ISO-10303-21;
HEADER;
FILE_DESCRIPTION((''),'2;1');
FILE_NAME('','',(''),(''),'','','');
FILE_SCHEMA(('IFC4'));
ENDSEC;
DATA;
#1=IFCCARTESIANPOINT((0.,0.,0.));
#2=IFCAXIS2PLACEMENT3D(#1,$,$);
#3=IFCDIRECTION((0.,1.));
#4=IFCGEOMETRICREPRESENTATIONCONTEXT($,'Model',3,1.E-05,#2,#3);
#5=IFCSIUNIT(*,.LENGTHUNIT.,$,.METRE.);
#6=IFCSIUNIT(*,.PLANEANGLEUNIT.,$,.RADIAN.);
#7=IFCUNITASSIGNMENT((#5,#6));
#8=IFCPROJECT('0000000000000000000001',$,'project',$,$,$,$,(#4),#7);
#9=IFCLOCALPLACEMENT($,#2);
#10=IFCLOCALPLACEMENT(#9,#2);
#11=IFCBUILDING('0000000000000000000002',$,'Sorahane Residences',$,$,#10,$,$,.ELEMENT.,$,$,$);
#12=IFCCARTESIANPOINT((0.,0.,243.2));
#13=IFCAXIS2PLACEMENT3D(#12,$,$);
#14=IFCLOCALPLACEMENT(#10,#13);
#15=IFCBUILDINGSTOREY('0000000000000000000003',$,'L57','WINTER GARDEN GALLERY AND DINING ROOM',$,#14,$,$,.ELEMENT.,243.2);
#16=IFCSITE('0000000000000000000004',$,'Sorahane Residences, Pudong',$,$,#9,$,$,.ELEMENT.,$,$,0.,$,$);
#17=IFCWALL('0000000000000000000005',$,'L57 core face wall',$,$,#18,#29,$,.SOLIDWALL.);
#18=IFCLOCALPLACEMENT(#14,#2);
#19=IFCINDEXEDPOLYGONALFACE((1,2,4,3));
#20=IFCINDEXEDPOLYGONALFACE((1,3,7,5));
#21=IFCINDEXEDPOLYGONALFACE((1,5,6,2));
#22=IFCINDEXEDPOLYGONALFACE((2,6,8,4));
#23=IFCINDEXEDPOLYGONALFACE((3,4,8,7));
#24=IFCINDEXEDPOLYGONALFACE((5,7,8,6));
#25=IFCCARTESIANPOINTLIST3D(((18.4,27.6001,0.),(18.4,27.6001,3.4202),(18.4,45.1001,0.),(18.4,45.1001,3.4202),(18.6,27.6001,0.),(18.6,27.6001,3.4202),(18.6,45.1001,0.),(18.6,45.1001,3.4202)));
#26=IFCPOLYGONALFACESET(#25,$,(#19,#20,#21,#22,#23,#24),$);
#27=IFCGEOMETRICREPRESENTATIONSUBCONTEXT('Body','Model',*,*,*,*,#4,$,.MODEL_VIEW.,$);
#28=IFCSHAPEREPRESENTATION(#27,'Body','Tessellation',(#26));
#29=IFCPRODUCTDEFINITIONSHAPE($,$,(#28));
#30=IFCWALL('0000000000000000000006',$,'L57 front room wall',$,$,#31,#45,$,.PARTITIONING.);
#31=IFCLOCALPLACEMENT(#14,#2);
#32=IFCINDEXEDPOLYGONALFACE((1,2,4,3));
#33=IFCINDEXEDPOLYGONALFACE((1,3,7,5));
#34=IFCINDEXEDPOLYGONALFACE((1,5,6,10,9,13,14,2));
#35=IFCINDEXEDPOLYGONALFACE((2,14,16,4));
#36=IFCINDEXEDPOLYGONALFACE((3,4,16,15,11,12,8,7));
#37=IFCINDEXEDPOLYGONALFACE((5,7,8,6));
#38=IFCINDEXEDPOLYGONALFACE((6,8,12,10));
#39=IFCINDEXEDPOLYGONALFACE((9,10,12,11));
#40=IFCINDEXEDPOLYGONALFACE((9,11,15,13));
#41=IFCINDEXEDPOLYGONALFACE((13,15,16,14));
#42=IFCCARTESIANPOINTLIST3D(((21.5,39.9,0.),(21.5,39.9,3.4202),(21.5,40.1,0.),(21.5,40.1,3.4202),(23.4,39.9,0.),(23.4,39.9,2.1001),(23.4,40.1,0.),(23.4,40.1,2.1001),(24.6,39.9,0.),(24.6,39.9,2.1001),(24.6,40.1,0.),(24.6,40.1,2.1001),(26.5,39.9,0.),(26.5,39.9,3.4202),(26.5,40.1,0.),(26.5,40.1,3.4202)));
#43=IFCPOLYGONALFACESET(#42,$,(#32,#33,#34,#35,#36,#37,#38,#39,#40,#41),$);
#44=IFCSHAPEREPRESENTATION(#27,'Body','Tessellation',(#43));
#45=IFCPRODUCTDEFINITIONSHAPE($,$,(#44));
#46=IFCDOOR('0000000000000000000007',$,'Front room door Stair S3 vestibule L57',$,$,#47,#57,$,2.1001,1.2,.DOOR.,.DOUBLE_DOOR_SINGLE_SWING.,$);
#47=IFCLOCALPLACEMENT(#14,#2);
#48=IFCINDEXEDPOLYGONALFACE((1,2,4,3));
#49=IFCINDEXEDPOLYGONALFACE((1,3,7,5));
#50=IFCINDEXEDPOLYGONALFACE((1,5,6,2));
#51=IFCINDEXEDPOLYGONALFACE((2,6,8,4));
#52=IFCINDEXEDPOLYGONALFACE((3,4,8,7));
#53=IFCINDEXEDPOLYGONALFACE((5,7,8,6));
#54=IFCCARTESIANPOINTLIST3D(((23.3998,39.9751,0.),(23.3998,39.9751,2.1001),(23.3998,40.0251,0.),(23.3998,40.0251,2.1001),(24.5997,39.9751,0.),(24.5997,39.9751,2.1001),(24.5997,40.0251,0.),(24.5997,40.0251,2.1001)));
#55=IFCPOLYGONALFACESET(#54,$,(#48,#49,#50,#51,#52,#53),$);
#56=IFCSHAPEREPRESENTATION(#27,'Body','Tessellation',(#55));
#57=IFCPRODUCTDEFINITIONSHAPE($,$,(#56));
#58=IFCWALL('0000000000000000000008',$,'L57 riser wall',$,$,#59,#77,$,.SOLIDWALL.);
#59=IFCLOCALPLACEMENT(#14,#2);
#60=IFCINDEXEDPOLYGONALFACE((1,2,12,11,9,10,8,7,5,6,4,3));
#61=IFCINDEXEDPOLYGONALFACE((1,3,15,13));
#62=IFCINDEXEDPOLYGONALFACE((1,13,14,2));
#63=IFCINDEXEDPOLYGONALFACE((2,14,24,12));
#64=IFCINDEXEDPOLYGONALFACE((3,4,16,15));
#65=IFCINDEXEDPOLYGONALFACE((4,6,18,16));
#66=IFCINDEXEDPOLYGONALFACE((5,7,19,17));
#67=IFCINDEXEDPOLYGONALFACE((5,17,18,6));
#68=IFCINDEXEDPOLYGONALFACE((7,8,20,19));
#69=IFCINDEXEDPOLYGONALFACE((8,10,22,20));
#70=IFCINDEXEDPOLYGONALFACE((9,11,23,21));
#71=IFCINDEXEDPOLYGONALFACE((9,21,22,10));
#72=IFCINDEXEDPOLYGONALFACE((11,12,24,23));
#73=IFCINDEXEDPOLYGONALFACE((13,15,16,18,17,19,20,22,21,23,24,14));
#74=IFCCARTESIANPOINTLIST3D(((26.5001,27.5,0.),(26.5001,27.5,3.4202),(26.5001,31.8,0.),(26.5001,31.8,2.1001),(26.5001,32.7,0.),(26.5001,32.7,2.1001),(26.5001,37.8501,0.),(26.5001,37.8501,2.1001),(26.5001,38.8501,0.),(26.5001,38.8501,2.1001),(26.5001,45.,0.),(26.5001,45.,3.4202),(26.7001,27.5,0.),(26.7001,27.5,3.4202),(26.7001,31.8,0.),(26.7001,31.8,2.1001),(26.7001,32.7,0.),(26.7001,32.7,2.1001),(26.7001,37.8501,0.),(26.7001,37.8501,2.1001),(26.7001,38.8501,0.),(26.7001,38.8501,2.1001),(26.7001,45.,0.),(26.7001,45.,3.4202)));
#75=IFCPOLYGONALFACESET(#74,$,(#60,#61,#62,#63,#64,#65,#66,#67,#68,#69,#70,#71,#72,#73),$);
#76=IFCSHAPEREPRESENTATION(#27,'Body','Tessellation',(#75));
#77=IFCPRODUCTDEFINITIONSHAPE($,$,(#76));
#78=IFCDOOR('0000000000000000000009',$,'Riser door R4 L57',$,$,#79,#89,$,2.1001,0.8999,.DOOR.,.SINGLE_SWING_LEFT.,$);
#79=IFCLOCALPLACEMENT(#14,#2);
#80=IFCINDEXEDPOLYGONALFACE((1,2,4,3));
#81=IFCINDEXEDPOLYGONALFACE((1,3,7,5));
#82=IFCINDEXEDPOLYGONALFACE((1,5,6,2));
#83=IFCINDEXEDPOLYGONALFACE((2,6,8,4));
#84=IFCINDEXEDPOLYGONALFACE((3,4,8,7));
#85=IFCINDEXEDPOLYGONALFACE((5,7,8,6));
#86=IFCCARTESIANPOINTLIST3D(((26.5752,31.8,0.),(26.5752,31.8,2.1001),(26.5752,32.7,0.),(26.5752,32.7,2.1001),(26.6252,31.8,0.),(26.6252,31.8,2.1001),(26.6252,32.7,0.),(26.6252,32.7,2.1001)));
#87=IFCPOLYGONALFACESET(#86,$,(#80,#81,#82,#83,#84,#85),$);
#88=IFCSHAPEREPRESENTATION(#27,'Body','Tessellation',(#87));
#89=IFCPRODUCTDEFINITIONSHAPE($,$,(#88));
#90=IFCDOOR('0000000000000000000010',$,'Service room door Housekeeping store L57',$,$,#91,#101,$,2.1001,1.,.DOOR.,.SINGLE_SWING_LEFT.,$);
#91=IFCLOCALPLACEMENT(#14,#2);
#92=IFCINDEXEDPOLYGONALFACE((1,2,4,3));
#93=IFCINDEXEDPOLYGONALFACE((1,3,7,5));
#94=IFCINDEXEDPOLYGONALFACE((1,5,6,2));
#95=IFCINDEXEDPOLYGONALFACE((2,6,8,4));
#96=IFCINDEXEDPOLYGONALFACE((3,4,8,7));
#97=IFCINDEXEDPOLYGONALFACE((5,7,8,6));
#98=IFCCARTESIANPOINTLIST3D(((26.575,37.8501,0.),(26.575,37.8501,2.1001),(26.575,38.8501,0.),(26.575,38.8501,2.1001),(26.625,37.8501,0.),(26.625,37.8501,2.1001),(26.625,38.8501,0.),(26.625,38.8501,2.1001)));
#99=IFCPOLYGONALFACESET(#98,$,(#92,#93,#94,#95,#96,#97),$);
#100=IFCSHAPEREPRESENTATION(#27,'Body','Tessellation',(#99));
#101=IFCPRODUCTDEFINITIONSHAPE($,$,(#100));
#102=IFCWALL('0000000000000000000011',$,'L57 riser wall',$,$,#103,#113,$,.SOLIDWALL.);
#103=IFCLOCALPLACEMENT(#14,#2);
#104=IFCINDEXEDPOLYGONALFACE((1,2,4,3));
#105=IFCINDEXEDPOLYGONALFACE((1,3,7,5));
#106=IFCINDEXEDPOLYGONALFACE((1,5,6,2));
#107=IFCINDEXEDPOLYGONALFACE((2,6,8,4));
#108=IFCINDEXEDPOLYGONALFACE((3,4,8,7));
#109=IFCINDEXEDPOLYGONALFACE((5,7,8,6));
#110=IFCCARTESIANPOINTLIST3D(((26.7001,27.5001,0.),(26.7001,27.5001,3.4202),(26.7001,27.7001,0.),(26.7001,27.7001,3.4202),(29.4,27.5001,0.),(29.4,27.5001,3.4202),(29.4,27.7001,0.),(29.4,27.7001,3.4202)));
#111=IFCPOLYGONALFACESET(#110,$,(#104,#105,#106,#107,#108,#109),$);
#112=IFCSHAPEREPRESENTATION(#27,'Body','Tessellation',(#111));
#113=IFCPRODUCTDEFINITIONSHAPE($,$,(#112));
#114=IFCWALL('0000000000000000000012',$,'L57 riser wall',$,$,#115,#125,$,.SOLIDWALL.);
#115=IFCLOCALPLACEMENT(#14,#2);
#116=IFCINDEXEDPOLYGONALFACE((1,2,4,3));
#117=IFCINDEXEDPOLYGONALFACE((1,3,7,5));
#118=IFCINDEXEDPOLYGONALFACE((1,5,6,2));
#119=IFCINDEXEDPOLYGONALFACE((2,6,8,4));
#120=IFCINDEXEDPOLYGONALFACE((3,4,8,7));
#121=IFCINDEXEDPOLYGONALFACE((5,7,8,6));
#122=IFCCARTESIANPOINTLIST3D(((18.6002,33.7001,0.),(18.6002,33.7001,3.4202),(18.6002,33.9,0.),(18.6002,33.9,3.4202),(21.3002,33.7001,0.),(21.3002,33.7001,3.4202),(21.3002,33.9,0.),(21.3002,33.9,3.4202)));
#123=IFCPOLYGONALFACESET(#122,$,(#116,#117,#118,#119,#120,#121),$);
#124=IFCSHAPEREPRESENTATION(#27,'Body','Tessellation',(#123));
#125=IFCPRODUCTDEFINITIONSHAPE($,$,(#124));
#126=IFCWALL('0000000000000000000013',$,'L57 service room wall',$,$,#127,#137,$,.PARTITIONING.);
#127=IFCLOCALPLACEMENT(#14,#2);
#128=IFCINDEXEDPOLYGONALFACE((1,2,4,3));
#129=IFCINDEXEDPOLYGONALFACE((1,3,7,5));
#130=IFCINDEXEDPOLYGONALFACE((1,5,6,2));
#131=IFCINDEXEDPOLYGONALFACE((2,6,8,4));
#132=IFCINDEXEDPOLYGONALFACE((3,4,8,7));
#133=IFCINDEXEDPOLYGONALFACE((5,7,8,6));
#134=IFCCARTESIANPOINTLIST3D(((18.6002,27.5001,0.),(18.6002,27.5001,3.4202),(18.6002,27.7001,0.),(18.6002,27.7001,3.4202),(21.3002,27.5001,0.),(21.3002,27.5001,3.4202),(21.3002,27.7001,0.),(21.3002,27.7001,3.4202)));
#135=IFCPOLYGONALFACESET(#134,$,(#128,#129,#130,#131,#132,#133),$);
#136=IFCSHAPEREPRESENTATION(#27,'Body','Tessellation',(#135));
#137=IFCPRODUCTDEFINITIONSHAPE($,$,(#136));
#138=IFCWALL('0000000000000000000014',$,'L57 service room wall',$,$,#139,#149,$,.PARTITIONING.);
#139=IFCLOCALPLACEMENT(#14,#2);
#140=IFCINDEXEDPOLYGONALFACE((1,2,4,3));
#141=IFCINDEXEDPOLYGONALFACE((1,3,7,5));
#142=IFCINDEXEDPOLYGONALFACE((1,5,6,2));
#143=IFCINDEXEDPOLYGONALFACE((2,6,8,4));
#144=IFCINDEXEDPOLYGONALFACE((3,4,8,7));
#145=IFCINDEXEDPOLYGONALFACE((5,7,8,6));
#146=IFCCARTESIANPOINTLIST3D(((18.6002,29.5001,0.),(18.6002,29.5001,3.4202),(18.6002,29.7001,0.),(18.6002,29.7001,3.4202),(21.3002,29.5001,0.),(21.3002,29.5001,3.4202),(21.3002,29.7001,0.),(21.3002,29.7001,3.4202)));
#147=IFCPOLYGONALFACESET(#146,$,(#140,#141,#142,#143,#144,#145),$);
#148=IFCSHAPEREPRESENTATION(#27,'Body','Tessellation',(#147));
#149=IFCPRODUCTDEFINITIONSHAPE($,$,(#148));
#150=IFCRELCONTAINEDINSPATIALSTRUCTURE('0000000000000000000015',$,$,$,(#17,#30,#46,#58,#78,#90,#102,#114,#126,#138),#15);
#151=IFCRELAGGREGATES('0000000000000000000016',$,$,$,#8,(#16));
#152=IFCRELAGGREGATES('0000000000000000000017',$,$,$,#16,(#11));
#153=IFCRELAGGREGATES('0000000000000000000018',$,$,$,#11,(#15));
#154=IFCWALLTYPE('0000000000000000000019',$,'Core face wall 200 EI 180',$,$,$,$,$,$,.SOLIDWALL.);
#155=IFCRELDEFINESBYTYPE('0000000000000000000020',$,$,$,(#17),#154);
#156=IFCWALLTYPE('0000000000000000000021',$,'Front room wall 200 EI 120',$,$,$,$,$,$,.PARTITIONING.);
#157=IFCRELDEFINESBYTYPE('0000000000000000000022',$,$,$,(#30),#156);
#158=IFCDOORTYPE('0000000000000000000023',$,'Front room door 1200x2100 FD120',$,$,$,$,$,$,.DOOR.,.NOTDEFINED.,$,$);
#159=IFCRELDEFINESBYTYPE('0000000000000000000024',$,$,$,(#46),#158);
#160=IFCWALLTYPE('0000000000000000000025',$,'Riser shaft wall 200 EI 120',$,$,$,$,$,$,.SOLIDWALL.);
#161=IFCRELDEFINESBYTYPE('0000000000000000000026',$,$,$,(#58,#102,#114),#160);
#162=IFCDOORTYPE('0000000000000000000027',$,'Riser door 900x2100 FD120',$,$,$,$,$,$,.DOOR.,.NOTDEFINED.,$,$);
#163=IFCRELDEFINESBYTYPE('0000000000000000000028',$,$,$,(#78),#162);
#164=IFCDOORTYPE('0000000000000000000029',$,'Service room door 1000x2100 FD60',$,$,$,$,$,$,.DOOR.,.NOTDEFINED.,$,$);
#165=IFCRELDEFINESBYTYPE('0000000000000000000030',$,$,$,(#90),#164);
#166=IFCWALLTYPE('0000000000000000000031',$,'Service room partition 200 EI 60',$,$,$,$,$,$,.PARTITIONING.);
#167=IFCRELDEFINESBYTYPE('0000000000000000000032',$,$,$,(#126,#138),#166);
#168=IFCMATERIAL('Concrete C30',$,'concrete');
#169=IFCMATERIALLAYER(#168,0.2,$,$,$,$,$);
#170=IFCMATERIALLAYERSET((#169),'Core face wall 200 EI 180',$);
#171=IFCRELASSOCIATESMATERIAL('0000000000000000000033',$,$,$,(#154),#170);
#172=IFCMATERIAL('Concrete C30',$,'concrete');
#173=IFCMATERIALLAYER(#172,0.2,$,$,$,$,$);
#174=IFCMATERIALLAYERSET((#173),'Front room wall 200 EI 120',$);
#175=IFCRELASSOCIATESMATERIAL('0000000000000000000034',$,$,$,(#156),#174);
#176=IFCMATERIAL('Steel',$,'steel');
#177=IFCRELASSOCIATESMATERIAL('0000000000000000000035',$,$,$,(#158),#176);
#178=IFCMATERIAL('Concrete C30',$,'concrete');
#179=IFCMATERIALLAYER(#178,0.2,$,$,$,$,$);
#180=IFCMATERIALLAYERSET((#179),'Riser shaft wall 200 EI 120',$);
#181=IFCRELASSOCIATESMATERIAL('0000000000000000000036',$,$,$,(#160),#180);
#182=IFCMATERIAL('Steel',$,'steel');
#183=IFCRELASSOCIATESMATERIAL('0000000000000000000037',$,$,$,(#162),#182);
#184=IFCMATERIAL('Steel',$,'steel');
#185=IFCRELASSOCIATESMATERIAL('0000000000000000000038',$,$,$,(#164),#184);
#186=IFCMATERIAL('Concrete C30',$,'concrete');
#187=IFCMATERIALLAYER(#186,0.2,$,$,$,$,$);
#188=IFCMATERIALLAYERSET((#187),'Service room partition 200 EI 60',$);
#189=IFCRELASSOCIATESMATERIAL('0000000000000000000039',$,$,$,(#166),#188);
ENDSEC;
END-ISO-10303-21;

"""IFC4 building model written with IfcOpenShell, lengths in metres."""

from ifc_helpers import new_model, si_unit, direction, frame, frame_2d, origin, place, context, subcontext, project, spatial, rectangle, extrude, material, layer, layer_set, type_object, element, fill, save


model = new_model("IFC4")

# Units and contexts
model_context = context("Model", 3, precision=1e-05, world=origin(), true_north=direction((0.0, 1.0)))
body_context = subcontext(model_context, "Body", "Model", "MODEL_VIEW")
ifc_project = project(units=[si_unit("LENGTHUNIT", "METRE"), si_unit("PLANEANGLEUNIT", "RADIAN")], contexts=[model_context])

# Site, building, storey
site_placement = place(None, origin())
site = spatial("IfcSite", under=ifc_project, at=site_placement, Name="Sorahane Residences, Pudong", CompositionType="ELEMENT", RefElevation=0.0)
building_placement = place(site_placement, origin())
building = spatial("IfcBuilding", under=site, at=building_placement, Name="Sorahane Residences", CompositionType="ELEMENT")
storey_placement = place(building_placement, frame((0.0, 0.0, 243.2)))
storey = spatial("IfcBuildingStorey", under=building, at=storey_placement, Name="L57", Description="WINTER GARDEN GALLERY AND DINING ROOM", CompositionType="ELEMENT", Elevation=243.2)

# Wall
ifc_material_1 = material(Name="Concrete C30", Category="concrete")
ifc_layer_1 = layer(ifc_material_1, 0.2)
ifc_layer_set_1 = layer_set([ifc_layer_1], Name="Core face wall 200 EI 180")
wall_type_1 = type_object("IfcWallType", Name="Core face wall 200 EI 180", PredefinedType="SOLIDWALL", material=ifc_layer_set_1)
wall_1_placement = place(storey_placement, frame((18.5, 27.6001, 0.0), z_axis=(0.0, 0.0, 1.0), x_axis=(0.0, 1.0, 0.0)))
element("IfcWall", 1, at=wall_1_placement, inside=storey, type_object=wall_type_1, Name="L57 core face wall", PredefinedType="SOLIDWALL", context=body_context, shape_type="SweptSolid", body=[
    extrude(rectangle(XDim=17.5, YDim=0.2, at=frame_2d((8.75, 0.0))), origin(), (0.0, 0.0, 1.0), 3.4202),
])

# Wall, opening, door
ifc_material_2 = material(Name="Concrete C30", Category="concrete")
ifc_layer_2 = layer(ifc_material_2, 0.2)
ifc_layer_set_2 = layer_set([ifc_layer_2], Name="Front room wall 200 EI 120")
wall_type_2 = type_object("IfcWallType", Name="Front room wall 200 EI 120", PredefinedType="PARTITIONING", material=ifc_layer_set_2)
wall_2_placement = place(storey_placement, frame((21.5, 40.0, 0.0), z_axis=(0.0, 0.0, 1.0), x_axis=(1.0, 0.0, 0.0)))
wall_2 = element("IfcWall", 2, at=wall_2_placement, inside=storey, type_object=wall_type_2, Name="L57 front room wall", PredefinedType="PARTITIONING", context=body_context, shape_type="SweptSolid", body=[
    extrude(rectangle(XDim=5.0, YDim=0.2, at=frame_2d((2.5, 0.0))), origin(), (0.0, 0.0, 1.0), 3.4202),
])
opening_1_placement = place(wall_2_placement, frame((1.8999, 0.0, 0.0)))
opening_1 = element("IfcOpeningElement", 3, at=opening_1_placement, cuts=wall_2, PredefinedType="OPENING", context=body_context, shape_type="SweptSolid", body=[
    extrude(rectangle(XDim=1.2, YDim=2.1001, at=frame_2d((0.6001, 1.05))), frame((0.0, 0.1099, 0.0), z_axis=(0.0, -1.0, 0.0), x_axis=(1.0, 0.0, 0.0)), (0.0, 0.0, 1.0), 0.22),
])
ifc_material_3 = material(Name="Steel", Category="steel")
door_type_1 = type_object("IfcDoorType", Name="Front room door 1200x2100 FD120", OperationType="NOTDEFINED", PredefinedType="DOOR", material=ifc_material_3)
door_1_placement = place(opening_1_placement, frame((1.2, 0.0, 0.0), z_axis=(0.0, 0.0, 1.0), x_axis=(-1.0, 0.0, 0.0)))
door_1 = element("IfcDoor", 4, at=door_1_placement, inside=storey, type_object=door_type_1, Name="Front room door Stair S3 vestibule L57", OperationType="DOUBLE_DOOR_SINGLE_SWING", OverallHeight=2.1001, OverallWidth=1.2, PredefinedType="DOOR", context=body_context, shape_type="SweptSolid", body=[
    extrude(rectangle(XDim=1.2, YDim=2.1001, at=frame_2d((0.6001, 1.05))), frame((0.0, 0.0249, 0.0), z_axis=(0.0, -1.0, 0.0), x_axis=(1.0, 0.0, 0.0)), (0.0, 0.0, 1.0), 0.05),
])
fill(opening_1, door_1)

# Wall, openings, doors
ifc_material_4 = material(Name="Concrete C30", Category="concrete")
ifc_layer_3 = layer(ifc_material_4, 0.2)
ifc_layer_set_3 = layer_set([ifc_layer_3], Name="Riser shaft wall 200 EI 120")
wall_type_3 = type_object("IfcWallType", Name="Riser shaft wall 200 EI 120", PredefinedType="SOLIDWALL", material=ifc_layer_set_3)
wall_3_placement = place(storey_placement, frame((26.6001, 27.5, 0.0), z_axis=(0.0, 0.0, 1.0), x_axis=(0.0, 1.0, 0.0)))
wall_3 = element("IfcWall", 5, at=wall_3_placement, inside=storey, type_object=wall_type_3, Name="L57 riser wall", PredefinedType="SOLIDWALL", context=body_context, shape_type="SweptSolid", body=[
    extrude(rectangle(XDim=17.5, YDim=0.2, at=frame_2d((8.75, 0.0))), origin(), (0.0, 0.0, 1.0), 3.4202),
])
opening_2_placement = place(wall_3_placement, frame((4.3, 0.0, 0.0)))
opening_2 = element("IfcOpeningElement", 6, at=opening_2_placement, cuts=wall_3, PredefinedType="OPENING", context=body_context, shape_type="SweptSolid", body=[
    extrude(rectangle(XDim=0.8999, YDim=2.1001, at=frame_2d((0.45, 1.05))), frame((0.0, 0.1099, 0.0), z_axis=(0.0, -1.0, 0.0), x_axis=(1.0, 0.0, 0.0)), (0.0, 0.0, 1.0), 0.22),
])
opening_3_placement = place(wall_3_placement, frame((10.3501, 0.0, 0.0)))
opening_3 = element("IfcOpeningElement", 7, at=opening_3_placement, cuts=wall_3, PredefinedType="OPENING", context=body_context, shape_type="SweptSolid", body=[
    extrude(rectangle(XDim=1.0, YDim=2.1001, at=frame_2d((0.5, 1.05))), frame((0.0, 0.1099, 0.0), z_axis=(0.0, -1.0, 0.0), x_axis=(1.0, 0.0, 0.0)), (0.0, 0.0, 1.0), 0.22),
])
ifc_material_5 = material(Name="Steel", Category="steel")
door_type_2 = type_object("IfcDoorType", Name="Riser door 900x2100 FD120", OperationType="NOTDEFINED", PredefinedType="DOOR", material=ifc_material_5)
door_2_placement = place(opening_2_placement, origin())
door_2 = element("IfcDoor", 8, at=door_2_placement, inside=storey, type_object=door_type_2, Name="Riser door R4 L57", OperationType="SINGLE_SWING_LEFT", OverallHeight=2.1001, OverallWidth=0.8999, PredefinedType="DOOR", context=body_context, shape_type="SweptSolid", body=[
    extrude(rectangle(XDim=0.8999, YDim=2.1001, at=frame_2d((0.45, 1.05))), frame((0.0, 0.0249, 0.0), z_axis=(0.0, -1.0, 0.0), x_axis=(1.0, 0.0, 0.0)), (0.0, 0.0, 1.0), 0.05),
])
fill(opening_2, door_2)
ifc_material_6 = material(Name="Steel", Category="steel")
door_type_3 = type_object("IfcDoorType", Name="Service room door 1000x2100 FD60", OperationType="NOTDEFINED", PredefinedType="DOOR", material=ifc_material_6)
door_3_placement = place(opening_3_placement, frame((1.0, 0.0, 0.0), z_axis=(0.0, 0.0, 1.0), x_axis=(-1.0, 0.0, 0.0)))
door_3 = element("IfcDoor", 9, at=door_3_placement, inside=storey, type_object=door_type_3, Name="Service room door Housekeeping store L57", OperationType="SINGLE_SWING_LEFT", OverallHeight=2.1001, OverallWidth=1.0, PredefinedType="DOOR", context=body_context, shape_type="SweptSolid", body=[
    extrude(rectangle(XDim=1.0, YDim=2.1001, at=frame_2d((0.5, 1.05))), frame((0.0, 0.0249, 0.0), z_axis=(0.0, -1.0, 0.0), x_axis=(1.0, 0.0, 0.0)), (0.0, 0.0, 1.0), 0.05),
])
fill(opening_3, door_3)

# Walls
for number, where, z_axis, x_axis, name in (
    (10, (26.7, 27.6001, 0.0), (0.0, 0.0, 1.0), (1.0, 0.0, 0.0), "L57 riser wall"),
    (11, (18.6001, 33.8, 0.0), (0.0, 0.0, 1.0), (1.0, 0.0, 0.0), "L57 riser wall"),
):
    element("IfcWall", number, at=place(storey_placement, frame(where, z_axis=z_axis, x_axis=x_axis)), inside=storey, type_object=wall_type_3, Name=name, PredefinedType="SOLIDWALL", context=body_context, shape_type="SweptSolid", body=[
        extrude(rectangle(XDim=2.7, YDim=0.2, at=frame_2d((1.3501, 0.0))), origin(), (0.0, 0.0, 1.0), 3.4202),
    ])
ifc_material_7 = material(Name="Concrete C30", Category="concrete")
ifc_layer_4 = layer(ifc_material_7, 0.2)
ifc_layer_set_4 = layer_set([ifc_layer_4], Name="Service room partition 200 EI 60")
wall_type_4 = type_object("IfcWallType", Name="Service room partition 200 EI 60", PredefinedType="PARTITIONING", material=ifc_layer_set_4)
for number, where, z_axis, x_axis, name in (
    (12, (18.6001, 27.6001, 0.0), (0.0, 0.0, 1.0), (1.0, 0.0, 0.0), "L57 service room wall"),
    (13, (18.6001, 29.6001, 0.0), (0.0, 0.0, 1.0), (1.0, 0.0, 0.0), "L57 service room wall"),
):
    element("IfcWall", number, at=place(storey_placement, frame(where, z_axis=z_axis, x_axis=x_axis)), inside=storey, type_object=wall_type_4, Name=name, PredefinedType="PARTITIONING", context=body_context, shape_type="SweptSolid", body=[
        extrude(rectangle(XDim=2.7, YDim=0.2, at=frame_2d((1.3501, 0.0))), origin(), (0.0, 0.0, 1.0), 3.4202),
    ])

save(model, "model.ifc")
